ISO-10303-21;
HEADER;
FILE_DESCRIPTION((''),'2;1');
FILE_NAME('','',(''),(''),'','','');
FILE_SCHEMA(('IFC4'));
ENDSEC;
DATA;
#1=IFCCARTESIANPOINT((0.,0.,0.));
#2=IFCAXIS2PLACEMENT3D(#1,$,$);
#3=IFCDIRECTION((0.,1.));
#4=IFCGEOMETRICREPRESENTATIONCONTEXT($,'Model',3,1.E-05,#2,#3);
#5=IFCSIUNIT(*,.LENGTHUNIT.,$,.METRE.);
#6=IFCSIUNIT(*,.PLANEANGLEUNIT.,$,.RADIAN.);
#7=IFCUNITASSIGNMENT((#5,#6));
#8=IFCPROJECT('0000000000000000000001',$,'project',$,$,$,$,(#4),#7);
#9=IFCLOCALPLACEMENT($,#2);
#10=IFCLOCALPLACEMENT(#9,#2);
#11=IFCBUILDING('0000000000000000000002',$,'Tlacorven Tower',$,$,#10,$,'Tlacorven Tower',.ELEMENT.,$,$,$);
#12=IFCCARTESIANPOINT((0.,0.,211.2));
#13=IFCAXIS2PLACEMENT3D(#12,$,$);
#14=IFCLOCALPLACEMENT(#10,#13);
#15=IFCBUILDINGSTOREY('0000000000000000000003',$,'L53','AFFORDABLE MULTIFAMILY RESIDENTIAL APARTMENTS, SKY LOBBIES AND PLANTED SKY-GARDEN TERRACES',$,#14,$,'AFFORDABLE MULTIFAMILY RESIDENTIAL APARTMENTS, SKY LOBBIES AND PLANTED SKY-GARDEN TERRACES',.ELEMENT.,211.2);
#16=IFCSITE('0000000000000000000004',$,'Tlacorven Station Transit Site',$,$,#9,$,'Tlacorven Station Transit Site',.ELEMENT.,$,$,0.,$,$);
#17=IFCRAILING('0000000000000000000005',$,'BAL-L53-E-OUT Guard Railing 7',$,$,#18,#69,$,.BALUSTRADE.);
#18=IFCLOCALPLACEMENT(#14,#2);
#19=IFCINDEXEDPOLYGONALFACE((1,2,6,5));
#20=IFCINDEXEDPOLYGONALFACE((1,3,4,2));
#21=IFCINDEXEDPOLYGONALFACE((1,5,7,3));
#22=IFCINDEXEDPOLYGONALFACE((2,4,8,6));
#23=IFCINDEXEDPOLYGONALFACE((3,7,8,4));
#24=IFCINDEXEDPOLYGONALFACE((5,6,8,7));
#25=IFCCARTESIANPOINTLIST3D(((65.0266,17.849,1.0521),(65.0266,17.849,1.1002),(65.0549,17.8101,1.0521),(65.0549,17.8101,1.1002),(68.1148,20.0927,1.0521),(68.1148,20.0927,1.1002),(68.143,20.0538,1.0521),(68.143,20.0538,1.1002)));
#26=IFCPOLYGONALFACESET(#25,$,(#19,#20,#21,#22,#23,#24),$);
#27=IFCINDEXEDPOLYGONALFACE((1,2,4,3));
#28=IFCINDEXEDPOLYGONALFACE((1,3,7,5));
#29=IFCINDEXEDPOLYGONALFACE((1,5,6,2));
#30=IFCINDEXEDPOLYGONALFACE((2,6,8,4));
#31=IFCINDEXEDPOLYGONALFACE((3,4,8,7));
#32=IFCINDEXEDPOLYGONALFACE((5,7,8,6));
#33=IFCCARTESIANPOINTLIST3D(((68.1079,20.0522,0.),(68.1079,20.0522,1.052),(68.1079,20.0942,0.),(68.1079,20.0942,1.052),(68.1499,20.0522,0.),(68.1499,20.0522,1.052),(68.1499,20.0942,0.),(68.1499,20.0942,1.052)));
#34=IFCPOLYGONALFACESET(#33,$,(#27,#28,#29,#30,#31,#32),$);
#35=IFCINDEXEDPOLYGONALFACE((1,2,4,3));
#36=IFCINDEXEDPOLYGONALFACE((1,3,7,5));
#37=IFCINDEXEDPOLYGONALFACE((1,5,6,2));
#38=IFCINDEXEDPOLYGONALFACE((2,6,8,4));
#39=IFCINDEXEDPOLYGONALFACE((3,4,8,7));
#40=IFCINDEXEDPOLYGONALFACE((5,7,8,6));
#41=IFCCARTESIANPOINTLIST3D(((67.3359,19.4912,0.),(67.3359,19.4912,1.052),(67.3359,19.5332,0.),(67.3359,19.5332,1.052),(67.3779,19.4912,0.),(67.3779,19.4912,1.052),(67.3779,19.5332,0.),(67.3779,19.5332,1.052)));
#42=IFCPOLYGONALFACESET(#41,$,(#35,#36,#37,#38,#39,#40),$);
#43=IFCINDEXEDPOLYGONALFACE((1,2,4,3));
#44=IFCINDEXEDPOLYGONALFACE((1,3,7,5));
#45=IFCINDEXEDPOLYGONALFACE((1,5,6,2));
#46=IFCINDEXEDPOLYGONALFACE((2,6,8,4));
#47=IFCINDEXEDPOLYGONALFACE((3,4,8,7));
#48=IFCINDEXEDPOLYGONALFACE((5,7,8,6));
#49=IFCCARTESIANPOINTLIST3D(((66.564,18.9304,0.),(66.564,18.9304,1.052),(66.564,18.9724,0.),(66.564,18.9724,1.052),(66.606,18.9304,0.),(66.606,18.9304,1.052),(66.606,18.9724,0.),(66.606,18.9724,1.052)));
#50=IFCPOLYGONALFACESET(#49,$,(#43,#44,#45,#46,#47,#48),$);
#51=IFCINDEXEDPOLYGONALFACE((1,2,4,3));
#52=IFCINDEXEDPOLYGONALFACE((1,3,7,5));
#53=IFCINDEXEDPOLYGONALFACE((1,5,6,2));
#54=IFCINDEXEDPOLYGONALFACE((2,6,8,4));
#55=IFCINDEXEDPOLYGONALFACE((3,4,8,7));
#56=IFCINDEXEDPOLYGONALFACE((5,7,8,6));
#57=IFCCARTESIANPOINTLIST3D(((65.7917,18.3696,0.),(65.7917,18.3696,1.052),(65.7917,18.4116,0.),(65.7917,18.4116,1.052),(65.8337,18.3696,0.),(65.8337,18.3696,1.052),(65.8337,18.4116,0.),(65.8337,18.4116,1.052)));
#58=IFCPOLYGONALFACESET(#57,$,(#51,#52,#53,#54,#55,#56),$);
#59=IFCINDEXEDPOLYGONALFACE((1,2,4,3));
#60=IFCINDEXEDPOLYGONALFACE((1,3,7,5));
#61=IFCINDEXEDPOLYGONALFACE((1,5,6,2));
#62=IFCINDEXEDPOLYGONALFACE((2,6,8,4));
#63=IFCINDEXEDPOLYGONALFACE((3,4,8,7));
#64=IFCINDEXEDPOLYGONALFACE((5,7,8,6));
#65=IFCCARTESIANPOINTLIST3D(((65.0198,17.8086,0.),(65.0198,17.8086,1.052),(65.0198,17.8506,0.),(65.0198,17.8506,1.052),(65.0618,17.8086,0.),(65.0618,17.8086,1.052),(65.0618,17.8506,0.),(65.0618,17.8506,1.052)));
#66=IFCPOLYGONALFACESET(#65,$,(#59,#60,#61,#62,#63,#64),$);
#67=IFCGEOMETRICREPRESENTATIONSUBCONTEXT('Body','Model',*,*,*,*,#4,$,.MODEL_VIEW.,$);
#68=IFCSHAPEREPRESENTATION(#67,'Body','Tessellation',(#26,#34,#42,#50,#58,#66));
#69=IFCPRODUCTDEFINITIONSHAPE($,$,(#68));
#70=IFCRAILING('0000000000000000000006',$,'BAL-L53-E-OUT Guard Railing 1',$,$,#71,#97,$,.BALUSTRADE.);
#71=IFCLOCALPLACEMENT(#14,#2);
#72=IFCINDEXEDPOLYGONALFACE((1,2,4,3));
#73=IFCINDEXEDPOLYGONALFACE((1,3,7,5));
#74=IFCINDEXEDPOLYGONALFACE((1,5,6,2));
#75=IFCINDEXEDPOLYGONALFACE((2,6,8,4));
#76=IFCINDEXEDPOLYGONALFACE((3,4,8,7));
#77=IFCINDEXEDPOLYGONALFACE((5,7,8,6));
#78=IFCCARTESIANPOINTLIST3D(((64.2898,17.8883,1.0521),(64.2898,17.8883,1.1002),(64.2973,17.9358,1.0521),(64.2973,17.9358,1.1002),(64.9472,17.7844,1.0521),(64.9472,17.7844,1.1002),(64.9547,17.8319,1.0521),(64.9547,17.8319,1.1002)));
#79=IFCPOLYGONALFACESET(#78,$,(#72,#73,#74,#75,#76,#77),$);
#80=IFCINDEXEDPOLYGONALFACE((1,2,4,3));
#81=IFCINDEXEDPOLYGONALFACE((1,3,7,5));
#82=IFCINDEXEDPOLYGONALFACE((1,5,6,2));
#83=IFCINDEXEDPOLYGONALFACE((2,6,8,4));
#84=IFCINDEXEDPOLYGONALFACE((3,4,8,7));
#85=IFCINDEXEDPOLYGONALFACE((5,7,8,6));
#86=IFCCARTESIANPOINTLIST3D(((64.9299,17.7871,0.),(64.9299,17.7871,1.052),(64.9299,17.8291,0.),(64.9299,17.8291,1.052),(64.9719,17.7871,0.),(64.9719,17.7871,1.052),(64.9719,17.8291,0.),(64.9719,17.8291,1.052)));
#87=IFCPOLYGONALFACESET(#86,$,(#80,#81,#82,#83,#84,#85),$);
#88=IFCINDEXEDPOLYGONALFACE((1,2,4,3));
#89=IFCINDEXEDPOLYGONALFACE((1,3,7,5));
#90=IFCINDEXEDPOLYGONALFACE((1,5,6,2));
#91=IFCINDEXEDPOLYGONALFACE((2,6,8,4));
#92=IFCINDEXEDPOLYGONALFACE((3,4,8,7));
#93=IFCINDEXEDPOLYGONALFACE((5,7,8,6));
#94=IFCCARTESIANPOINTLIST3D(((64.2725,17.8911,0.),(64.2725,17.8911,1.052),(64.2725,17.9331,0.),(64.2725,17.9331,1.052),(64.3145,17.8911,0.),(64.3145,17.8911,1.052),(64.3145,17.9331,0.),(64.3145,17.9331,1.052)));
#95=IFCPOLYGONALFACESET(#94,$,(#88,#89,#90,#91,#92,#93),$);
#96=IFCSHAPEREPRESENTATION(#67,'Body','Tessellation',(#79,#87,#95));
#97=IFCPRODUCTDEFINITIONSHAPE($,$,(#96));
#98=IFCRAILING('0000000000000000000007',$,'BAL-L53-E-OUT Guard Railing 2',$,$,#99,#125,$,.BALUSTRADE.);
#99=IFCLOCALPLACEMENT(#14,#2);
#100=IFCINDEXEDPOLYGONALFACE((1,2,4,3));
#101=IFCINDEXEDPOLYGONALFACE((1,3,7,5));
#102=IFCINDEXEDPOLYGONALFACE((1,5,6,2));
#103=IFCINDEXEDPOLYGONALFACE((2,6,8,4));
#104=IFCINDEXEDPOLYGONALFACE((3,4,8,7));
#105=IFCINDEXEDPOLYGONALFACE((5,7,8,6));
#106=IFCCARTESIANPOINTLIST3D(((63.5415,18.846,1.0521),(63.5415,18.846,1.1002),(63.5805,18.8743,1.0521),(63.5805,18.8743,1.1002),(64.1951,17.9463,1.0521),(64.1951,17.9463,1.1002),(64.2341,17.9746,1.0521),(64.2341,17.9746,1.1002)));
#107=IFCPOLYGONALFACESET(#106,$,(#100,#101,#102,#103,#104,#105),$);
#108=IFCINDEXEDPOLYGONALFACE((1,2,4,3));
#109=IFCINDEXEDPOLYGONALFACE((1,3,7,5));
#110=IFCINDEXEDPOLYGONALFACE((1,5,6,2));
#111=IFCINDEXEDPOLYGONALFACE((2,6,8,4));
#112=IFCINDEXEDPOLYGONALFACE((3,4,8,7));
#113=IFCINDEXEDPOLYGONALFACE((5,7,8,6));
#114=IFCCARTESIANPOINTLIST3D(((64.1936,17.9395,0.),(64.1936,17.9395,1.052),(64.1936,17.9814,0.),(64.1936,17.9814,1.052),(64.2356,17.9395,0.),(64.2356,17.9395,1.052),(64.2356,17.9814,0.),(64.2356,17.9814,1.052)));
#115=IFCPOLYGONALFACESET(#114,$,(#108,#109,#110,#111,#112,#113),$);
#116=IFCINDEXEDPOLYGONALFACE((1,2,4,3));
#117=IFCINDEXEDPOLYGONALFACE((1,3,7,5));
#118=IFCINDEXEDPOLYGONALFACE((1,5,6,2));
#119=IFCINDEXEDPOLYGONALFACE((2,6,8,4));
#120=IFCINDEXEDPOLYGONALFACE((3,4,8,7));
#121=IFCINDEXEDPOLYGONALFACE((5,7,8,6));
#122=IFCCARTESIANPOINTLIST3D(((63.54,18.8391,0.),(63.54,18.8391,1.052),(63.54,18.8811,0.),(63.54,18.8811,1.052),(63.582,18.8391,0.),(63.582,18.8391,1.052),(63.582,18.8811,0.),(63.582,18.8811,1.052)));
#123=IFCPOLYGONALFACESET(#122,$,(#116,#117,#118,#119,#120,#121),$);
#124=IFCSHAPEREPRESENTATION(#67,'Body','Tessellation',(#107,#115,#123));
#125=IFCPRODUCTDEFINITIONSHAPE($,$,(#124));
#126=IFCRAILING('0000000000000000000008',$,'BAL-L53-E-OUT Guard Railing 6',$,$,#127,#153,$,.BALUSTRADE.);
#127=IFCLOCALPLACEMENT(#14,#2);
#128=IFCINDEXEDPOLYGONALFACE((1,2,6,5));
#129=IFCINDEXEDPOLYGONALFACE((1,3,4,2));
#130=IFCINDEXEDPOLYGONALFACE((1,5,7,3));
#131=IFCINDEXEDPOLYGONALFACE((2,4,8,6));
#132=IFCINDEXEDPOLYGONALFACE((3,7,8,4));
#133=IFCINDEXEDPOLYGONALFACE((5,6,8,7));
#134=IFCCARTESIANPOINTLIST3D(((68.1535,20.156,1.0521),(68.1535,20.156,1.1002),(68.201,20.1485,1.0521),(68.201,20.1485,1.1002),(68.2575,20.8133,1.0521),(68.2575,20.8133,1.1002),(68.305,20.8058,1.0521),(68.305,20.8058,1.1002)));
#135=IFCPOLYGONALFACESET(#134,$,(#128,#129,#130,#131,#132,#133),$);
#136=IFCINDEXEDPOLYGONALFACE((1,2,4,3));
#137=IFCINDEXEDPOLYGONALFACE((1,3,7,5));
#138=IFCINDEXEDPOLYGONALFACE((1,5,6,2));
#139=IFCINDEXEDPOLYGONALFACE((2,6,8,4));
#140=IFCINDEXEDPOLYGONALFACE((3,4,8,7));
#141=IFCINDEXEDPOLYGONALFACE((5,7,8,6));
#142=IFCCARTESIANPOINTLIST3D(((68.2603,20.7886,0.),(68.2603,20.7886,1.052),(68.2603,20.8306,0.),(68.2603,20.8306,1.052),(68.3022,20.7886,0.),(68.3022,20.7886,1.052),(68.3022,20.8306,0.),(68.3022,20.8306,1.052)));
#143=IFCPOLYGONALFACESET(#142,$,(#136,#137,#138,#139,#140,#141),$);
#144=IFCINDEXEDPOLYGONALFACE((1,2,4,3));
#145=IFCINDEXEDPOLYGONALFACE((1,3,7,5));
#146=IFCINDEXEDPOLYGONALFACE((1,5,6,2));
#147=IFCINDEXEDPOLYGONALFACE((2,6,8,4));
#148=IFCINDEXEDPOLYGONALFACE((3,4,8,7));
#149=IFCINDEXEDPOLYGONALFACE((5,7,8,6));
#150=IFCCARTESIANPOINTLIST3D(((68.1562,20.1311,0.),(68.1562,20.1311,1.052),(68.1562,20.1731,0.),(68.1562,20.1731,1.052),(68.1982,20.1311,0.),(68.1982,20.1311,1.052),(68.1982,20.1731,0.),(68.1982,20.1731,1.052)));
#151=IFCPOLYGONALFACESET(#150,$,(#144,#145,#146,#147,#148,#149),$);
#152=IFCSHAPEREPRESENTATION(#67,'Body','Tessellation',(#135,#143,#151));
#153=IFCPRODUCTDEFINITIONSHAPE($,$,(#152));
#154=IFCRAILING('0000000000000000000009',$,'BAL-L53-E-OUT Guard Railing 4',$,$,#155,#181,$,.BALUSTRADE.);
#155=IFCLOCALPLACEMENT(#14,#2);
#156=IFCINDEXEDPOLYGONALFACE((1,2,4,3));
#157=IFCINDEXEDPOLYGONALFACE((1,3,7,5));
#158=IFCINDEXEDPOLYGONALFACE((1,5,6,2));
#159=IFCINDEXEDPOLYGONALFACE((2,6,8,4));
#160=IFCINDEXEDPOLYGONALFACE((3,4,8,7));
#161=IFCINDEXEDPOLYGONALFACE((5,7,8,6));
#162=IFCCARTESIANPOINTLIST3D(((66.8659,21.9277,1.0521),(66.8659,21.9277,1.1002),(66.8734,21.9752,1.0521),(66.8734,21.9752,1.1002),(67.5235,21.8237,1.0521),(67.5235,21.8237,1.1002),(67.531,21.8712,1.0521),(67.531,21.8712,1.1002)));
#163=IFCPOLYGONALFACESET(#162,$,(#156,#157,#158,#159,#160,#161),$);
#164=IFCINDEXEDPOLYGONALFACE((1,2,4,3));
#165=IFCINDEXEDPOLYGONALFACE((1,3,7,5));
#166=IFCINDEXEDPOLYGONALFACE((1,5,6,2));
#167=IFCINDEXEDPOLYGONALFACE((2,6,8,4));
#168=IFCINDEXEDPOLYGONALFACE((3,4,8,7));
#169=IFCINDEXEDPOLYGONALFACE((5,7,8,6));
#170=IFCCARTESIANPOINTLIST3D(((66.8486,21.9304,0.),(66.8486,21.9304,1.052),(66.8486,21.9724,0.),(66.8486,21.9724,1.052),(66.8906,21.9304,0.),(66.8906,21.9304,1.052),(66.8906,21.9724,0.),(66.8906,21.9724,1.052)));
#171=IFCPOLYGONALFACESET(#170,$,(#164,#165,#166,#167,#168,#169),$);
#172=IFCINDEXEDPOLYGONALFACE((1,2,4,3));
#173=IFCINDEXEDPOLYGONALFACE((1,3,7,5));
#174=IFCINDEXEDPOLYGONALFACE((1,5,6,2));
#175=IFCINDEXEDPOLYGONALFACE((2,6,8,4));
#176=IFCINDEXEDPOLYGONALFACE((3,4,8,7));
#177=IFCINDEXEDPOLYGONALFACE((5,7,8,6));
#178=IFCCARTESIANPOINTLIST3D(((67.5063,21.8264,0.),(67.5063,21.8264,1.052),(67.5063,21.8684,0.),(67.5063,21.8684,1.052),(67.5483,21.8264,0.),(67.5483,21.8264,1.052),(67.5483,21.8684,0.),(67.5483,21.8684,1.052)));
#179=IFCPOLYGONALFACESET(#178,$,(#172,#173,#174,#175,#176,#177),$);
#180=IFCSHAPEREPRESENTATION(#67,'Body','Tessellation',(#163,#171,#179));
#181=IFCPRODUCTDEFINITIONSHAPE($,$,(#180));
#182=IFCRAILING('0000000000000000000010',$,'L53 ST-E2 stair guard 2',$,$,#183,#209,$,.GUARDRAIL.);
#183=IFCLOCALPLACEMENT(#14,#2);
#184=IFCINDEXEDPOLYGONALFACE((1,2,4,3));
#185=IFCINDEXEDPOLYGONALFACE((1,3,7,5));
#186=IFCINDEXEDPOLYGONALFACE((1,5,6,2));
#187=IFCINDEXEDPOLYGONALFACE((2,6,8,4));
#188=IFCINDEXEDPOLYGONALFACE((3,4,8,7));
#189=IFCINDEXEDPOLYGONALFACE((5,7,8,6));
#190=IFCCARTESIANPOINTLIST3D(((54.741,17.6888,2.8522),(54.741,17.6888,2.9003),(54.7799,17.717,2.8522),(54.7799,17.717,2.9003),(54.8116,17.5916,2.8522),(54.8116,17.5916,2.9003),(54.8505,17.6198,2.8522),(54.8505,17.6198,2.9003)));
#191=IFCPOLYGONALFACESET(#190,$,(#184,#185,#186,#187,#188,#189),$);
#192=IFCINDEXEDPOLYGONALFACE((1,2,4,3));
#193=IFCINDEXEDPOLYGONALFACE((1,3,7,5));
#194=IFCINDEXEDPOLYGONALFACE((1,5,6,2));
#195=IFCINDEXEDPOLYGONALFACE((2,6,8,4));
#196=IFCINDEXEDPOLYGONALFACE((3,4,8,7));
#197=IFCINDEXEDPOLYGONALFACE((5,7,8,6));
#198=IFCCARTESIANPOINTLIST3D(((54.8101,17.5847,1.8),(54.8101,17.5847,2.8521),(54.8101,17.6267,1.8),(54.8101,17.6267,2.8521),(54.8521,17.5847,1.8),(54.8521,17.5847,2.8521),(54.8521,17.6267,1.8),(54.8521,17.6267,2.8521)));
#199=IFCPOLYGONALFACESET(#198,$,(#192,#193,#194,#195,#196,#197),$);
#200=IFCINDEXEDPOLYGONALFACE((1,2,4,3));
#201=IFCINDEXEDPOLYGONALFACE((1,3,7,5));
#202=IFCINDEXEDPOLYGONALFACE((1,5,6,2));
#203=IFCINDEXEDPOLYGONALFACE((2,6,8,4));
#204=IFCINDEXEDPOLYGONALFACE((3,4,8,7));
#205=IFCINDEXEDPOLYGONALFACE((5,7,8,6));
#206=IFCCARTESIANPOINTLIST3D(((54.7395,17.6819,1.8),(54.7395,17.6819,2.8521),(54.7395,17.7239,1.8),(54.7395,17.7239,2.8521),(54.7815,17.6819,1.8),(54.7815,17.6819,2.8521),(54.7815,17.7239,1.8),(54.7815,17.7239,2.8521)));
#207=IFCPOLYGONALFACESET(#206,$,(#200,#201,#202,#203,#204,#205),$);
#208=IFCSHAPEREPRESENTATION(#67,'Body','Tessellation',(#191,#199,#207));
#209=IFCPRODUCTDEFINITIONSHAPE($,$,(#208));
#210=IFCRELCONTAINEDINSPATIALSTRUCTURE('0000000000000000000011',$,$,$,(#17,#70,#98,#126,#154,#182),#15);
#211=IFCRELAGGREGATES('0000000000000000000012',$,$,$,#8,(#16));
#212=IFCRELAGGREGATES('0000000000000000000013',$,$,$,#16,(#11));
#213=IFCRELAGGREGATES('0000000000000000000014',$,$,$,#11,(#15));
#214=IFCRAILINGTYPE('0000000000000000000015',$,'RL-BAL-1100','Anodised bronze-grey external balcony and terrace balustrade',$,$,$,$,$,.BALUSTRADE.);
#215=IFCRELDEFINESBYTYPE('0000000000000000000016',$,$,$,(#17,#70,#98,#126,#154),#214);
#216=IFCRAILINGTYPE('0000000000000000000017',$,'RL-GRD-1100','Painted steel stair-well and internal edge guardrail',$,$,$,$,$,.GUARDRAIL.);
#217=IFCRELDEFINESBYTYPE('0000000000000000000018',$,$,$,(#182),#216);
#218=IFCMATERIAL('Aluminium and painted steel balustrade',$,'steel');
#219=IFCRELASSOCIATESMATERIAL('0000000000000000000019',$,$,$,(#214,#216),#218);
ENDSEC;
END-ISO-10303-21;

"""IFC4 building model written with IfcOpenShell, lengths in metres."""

from ifc_helpers import new_model, si_unit, direction, frame, origin, origin_2d, place, context, subcontext, project, spatial, rectangle, extrude, source, transform, mapped, material, type_object, element, save


model = new_model("IFC4")

# Units and contexts
model_context = context("Model", 3, precision=1e-05, world=origin(), true_north=direction((0.0, 1.0)))
body_context = subcontext(model_context, "Body", "Model", "MODEL_VIEW")
ifc_project = project(units=[si_unit("LENGTHUNIT", "METRE"), si_unit("PLANEANGLEUNIT", "RADIAN")], contexts=[model_context])

# Site, building, storey
site_placement = place(None, origin())
site = spatial("IfcSite", under=ifc_project, at=site_placement, Name="Tlacorven Station Transit Site", LongName="Tlacorven Station Transit Site", CompositionType="ELEMENT", RefElevation=0.0)
building_placement = place(site_placement, origin())
building = spatial("IfcBuilding", under=site, at=building_placement, Name="Tlacorven Tower", LongName="Tlacorven Tower", CompositionType="ELEMENT")
storey_placement = place(building_placement, frame((0.0, 0.0, 211.2)))
storey = spatial("IfcBuildingStorey", under=building, at=storey_placement, Name="L53", Description="AFFORDABLE MULTIFAMILY RESIDENTIAL APARTMENTS, SKY LOBBIES AND PLANTED SKY-GARDEN TERRACES", LongName="AFFORDABLE MULTIFAMILY RESIDENTIAL APARTMENTS, SKY LOBBIES AND PLANTED SKY-GARDEN TERRACES", CompositionType="ELEMENT", Elevation=211.2)

# Railings
ifc_material_1 = material(Name="Aluminium and painted steel balustrade", Category="steel")
railing_type_1 = type_object("IfcRailingType", Name="RL-BAL-1100", Description="Anodised bronze-grey external balcony and terrace balustrade", PredefinedType="BALUSTRADE", material=ifc_material_1)
shared_shape_1 = source(origin(), body_context, "Body", "SweptSolid", [
    extrude(rectangle(XDim=0.0481, YDim=0.0481, at=origin_2d()), frame((0.0, 0.0, 1.0762), z_axis=(-0.809018, -0.587784, 0.0), x_axis=(0.587784, -0.809018, 0.0)), (0.0, 0.0, 1.0), 3.8171),
    extrude(rectangle(XDim=0.042, YDim=0.042, at=origin_2d()), origin(), (0.0, 0.0, 1.0), 1.052),
    extrude(rectangle(XDim=0.042, YDim=0.042, at=origin_2d()), frame((-0.772, -0.561, 0.0)), (0.0, 0.0, 1.0), 1.052),
    extrude(rectangle(XDim=0.042, YDim=0.042, at=origin_2d()), frame((-1.5439, -1.1218, 0.0)), (0.0, 0.0, 1.0), 1.052),
    extrude(rectangle(XDim=0.042, YDim=0.042, at=origin_2d()), frame((-2.3162, -1.6826, 0.0)), (0.0, 0.0, 1.0), 1.052),
    extrude(rectangle(XDim=0.042, YDim=0.042, at=origin_2d()), frame((-3.0881, -2.2437, 0.0)), (0.0, 0.0, 1.0), 1.052),
])
railing_1_placement = place(storey_placement, frame((68.1289, 20.0732, 0.0)))
element("IfcRailing", 1, at=railing_1_placement, inside=storey, type_object=railing_type_1, Name="BAL-L53-E-OUT Guard Railing 7", PredefinedType="BALUSTRADE", context=body_context, shape_type="MappedRepresentation", body=[
    mapped(shared_shape_1, transform((0.0, 0.0, 0.0), scale=1.0)),
])
shared_shape_2 = source(origin(), body_context, "Body", "SweptSolid", [
    extrude(rectangle(XDim=0.0481, YDim=0.0481, at=origin_2d()), frame((0.0, 0.0, 1.0762), z_axis=(-0.987718, 0.156245, 0.0), x_axis=(-0.156245, -0.987718, 0.0)), (0.0, 0.0, 1.0), 0.6655),
    extrude(rectangle(XDim=0.042, YDim=0.042, at=origin_2d()), origin(), (0.0, 0.0, 1.0), 1.052),
    extrude(rectangle(XDim=0.042, YDim=0.042, at=origin_2d()), frame((-0.6575, 0.104, 0.0)), (0.0, 0.0, 1.0), 1.052),
])
railing_2_placement = place(storey_placement, frame((64.9509, 17.8081, 0.0)))
element("IfcRailing", 2, at=railing_2_placement, inside=storey, type_object=railing_type_1, Name="BAL-L53-E-OUT Guard Railing 1", PredefinedType="BALUSTRADE", context=body_context, shape_type="MappedRepresentation", body=[
    mapped(shared_shape_2, transform((0.0, 0.0, 0.0), scale=1.0)),
])
shared_shape_3 = source(origin(), body_context, "Body", "SweptSolid", [
    extrude(rectangle(XDim=0.0481, YDim=0.0481, at=origin_2d()), frame((0.0, 0.0, 1.0762), z_axis=(-0.587741, 0.809049, 0.0), x_axis=(-0.809049, -0.587741, 0.0)), (0.0, 0.0, 1.0), 1.1121),
    extrude(rectangle(XDim=0.042, YDim=0.042, at=origin_2d()), origin(), (0.0, 0.0, 1.0), 1.052),
    extrude(rectangle(XDim=0.042, YDim=0.042, at=origin_2d()), frame((-0.6536, 0.8997, 0.0)), (0.0, 0.0, 1.0), 1.052),
])
railing_3_placement = place(storey_placement, frame((64.2146, 17.9604, 0.0)))
element("IfcRailing", 3, at=railing_3_placement, inside=storey, type_object=railing_type_1, Name="BAL-L53-E-OUT Guard Railing 2", PredefinedType="BALUSTRADE", context=body_context, shape_type="MappedRepresentation", body=[
    mapped(shared_shape_3, transform((0.0, 0.0, 0.0), scale=1.0)),
])
shared_shape_4 = source(origin(), body_context, "Body", "SweptSolid", [
    extrude(rectangle(XDim=0.0481, YDim=0.0481, at=origin_2d()), frame((0.0, 0.0, 1.0762), z_axis=(-0.156245, -0.987718, 0.0), x_axis=(0.987718, -0.156245, 0.0)), (0.0, 0.0, 1.0), 0.6655),
    extrude(rectangle(XDim=0.042, YDim=0.042, at=origin_2d()), origin(), (0.0, 0.0, 1.0), 1.052),
    extrude(rectangle(XDim=0.042, YDim=0.042, at=origin_2d()), frame((-0.104, -0.6575, 0.0)), (0.0, 0.0, 1.0), 1.052),
])
railing_4_placement = place(storey_placement, frame((68.2812, 20.8096, 0.0)))
element("IfcRailing", 4, at=railing_4_placement, inside=storey, type_object=railing_type_1, Name="BAL-L53-E-OUT Guard Railing 6", PredefinedType="BALUSTRADE", context=body_context, shape_type="MappedRepresentation", body=[
    mapped(shared_shape_4, transform((0.0, 0.0, 0.0), scale=1.0)),
])
shared_shape_5 = source(origin(), body_context, "Body", "SweptSolid", [
    extrude(rectangle(XDim=0.0481, YDim=0.0481, at=origin_2d()), frame((0.0, 0.0, 1.0762), z_axis=(0.987727, -0.156188, 0.0), x_axis=(0.156188, 0.987727, 0.0)), (0.0, 0.0, 1.0), 0.6658),
    extrude(rectangle(XDim=0.042, YDim=0.042, at=origin_2d()), origin(), (0.0, 0.0, 1.0), 1.052),
    extrude(rectangle(XDim=0.042, YDim=0.042, at=origin_2d()), frame((0.6577, -0.104, 0.0)), (0.0, 0.0, 1.0), 1.052),
])
railing_5_placement = place(storey_placement, frame((66.8696, 21.9514, 0.0)))
element("IfcRailing", 5, at=railing_5_placement, inside=storey, type_object=railing_type_1, Name="BAL-L53-E-OUT Guard Railing 4", PredefinedType="BALUSTRADE", context=body_context, shape_type="MappedRepresentation", body=[
    mapped(shared_shape_5, transform((0.0, 0.0, 0.0), scale=1.0)),
])
railing_type_2 = type_object("IfcRailingType", Name="RL-GRD-1100", Description="Painted steel stair-well and internal edge guardrail", PredefinedType="GUARDRAIL", material=ifc_material_1)
shared_shape_6 = source(origin(), body_context, "Body", "SweptSolid", [
    extrude(rectangle(XDim=0.0481, YDim=0.0481, at=origin_2d()), frame((0.0, 0.0, 1.0762), z_axis=(-0.587567, 0.809175, 0.0), x_axis=(-0.809175, -0.587567, 0.0)), (0.0, 0.0, 1.0), 0.1201),
    extrude(rectangle(XDim=0.042, YDim=0.042, at=origin_2d()), origin(), (0.0, 0.0, 1.0), 1.052),
    extrude(rectangle(XDim=0.042, YDim=0.042, at=origin_2d()), frame((-0.0706, 0.0972, 0.0)), (0.0, 0.0, 1.0), 1.052),
])
railing_6_placement = place(storey_placement, frame((54.8311, 17.6057, 1.8)))
element("IfcRailing", 6, at=railing_6_placement, inside=storey, type_object=railing_type_2, Name="L53 ST-E2 stair guard 2", PredefinedType="GUARDRAIL", context=body_context, shape_type="MappedRepresentation", body=[
    mapped(shared_shape_6, transform((0.0, 0.0, 0.0), scale=1.0)),
])

save(model, "model.ifc")
